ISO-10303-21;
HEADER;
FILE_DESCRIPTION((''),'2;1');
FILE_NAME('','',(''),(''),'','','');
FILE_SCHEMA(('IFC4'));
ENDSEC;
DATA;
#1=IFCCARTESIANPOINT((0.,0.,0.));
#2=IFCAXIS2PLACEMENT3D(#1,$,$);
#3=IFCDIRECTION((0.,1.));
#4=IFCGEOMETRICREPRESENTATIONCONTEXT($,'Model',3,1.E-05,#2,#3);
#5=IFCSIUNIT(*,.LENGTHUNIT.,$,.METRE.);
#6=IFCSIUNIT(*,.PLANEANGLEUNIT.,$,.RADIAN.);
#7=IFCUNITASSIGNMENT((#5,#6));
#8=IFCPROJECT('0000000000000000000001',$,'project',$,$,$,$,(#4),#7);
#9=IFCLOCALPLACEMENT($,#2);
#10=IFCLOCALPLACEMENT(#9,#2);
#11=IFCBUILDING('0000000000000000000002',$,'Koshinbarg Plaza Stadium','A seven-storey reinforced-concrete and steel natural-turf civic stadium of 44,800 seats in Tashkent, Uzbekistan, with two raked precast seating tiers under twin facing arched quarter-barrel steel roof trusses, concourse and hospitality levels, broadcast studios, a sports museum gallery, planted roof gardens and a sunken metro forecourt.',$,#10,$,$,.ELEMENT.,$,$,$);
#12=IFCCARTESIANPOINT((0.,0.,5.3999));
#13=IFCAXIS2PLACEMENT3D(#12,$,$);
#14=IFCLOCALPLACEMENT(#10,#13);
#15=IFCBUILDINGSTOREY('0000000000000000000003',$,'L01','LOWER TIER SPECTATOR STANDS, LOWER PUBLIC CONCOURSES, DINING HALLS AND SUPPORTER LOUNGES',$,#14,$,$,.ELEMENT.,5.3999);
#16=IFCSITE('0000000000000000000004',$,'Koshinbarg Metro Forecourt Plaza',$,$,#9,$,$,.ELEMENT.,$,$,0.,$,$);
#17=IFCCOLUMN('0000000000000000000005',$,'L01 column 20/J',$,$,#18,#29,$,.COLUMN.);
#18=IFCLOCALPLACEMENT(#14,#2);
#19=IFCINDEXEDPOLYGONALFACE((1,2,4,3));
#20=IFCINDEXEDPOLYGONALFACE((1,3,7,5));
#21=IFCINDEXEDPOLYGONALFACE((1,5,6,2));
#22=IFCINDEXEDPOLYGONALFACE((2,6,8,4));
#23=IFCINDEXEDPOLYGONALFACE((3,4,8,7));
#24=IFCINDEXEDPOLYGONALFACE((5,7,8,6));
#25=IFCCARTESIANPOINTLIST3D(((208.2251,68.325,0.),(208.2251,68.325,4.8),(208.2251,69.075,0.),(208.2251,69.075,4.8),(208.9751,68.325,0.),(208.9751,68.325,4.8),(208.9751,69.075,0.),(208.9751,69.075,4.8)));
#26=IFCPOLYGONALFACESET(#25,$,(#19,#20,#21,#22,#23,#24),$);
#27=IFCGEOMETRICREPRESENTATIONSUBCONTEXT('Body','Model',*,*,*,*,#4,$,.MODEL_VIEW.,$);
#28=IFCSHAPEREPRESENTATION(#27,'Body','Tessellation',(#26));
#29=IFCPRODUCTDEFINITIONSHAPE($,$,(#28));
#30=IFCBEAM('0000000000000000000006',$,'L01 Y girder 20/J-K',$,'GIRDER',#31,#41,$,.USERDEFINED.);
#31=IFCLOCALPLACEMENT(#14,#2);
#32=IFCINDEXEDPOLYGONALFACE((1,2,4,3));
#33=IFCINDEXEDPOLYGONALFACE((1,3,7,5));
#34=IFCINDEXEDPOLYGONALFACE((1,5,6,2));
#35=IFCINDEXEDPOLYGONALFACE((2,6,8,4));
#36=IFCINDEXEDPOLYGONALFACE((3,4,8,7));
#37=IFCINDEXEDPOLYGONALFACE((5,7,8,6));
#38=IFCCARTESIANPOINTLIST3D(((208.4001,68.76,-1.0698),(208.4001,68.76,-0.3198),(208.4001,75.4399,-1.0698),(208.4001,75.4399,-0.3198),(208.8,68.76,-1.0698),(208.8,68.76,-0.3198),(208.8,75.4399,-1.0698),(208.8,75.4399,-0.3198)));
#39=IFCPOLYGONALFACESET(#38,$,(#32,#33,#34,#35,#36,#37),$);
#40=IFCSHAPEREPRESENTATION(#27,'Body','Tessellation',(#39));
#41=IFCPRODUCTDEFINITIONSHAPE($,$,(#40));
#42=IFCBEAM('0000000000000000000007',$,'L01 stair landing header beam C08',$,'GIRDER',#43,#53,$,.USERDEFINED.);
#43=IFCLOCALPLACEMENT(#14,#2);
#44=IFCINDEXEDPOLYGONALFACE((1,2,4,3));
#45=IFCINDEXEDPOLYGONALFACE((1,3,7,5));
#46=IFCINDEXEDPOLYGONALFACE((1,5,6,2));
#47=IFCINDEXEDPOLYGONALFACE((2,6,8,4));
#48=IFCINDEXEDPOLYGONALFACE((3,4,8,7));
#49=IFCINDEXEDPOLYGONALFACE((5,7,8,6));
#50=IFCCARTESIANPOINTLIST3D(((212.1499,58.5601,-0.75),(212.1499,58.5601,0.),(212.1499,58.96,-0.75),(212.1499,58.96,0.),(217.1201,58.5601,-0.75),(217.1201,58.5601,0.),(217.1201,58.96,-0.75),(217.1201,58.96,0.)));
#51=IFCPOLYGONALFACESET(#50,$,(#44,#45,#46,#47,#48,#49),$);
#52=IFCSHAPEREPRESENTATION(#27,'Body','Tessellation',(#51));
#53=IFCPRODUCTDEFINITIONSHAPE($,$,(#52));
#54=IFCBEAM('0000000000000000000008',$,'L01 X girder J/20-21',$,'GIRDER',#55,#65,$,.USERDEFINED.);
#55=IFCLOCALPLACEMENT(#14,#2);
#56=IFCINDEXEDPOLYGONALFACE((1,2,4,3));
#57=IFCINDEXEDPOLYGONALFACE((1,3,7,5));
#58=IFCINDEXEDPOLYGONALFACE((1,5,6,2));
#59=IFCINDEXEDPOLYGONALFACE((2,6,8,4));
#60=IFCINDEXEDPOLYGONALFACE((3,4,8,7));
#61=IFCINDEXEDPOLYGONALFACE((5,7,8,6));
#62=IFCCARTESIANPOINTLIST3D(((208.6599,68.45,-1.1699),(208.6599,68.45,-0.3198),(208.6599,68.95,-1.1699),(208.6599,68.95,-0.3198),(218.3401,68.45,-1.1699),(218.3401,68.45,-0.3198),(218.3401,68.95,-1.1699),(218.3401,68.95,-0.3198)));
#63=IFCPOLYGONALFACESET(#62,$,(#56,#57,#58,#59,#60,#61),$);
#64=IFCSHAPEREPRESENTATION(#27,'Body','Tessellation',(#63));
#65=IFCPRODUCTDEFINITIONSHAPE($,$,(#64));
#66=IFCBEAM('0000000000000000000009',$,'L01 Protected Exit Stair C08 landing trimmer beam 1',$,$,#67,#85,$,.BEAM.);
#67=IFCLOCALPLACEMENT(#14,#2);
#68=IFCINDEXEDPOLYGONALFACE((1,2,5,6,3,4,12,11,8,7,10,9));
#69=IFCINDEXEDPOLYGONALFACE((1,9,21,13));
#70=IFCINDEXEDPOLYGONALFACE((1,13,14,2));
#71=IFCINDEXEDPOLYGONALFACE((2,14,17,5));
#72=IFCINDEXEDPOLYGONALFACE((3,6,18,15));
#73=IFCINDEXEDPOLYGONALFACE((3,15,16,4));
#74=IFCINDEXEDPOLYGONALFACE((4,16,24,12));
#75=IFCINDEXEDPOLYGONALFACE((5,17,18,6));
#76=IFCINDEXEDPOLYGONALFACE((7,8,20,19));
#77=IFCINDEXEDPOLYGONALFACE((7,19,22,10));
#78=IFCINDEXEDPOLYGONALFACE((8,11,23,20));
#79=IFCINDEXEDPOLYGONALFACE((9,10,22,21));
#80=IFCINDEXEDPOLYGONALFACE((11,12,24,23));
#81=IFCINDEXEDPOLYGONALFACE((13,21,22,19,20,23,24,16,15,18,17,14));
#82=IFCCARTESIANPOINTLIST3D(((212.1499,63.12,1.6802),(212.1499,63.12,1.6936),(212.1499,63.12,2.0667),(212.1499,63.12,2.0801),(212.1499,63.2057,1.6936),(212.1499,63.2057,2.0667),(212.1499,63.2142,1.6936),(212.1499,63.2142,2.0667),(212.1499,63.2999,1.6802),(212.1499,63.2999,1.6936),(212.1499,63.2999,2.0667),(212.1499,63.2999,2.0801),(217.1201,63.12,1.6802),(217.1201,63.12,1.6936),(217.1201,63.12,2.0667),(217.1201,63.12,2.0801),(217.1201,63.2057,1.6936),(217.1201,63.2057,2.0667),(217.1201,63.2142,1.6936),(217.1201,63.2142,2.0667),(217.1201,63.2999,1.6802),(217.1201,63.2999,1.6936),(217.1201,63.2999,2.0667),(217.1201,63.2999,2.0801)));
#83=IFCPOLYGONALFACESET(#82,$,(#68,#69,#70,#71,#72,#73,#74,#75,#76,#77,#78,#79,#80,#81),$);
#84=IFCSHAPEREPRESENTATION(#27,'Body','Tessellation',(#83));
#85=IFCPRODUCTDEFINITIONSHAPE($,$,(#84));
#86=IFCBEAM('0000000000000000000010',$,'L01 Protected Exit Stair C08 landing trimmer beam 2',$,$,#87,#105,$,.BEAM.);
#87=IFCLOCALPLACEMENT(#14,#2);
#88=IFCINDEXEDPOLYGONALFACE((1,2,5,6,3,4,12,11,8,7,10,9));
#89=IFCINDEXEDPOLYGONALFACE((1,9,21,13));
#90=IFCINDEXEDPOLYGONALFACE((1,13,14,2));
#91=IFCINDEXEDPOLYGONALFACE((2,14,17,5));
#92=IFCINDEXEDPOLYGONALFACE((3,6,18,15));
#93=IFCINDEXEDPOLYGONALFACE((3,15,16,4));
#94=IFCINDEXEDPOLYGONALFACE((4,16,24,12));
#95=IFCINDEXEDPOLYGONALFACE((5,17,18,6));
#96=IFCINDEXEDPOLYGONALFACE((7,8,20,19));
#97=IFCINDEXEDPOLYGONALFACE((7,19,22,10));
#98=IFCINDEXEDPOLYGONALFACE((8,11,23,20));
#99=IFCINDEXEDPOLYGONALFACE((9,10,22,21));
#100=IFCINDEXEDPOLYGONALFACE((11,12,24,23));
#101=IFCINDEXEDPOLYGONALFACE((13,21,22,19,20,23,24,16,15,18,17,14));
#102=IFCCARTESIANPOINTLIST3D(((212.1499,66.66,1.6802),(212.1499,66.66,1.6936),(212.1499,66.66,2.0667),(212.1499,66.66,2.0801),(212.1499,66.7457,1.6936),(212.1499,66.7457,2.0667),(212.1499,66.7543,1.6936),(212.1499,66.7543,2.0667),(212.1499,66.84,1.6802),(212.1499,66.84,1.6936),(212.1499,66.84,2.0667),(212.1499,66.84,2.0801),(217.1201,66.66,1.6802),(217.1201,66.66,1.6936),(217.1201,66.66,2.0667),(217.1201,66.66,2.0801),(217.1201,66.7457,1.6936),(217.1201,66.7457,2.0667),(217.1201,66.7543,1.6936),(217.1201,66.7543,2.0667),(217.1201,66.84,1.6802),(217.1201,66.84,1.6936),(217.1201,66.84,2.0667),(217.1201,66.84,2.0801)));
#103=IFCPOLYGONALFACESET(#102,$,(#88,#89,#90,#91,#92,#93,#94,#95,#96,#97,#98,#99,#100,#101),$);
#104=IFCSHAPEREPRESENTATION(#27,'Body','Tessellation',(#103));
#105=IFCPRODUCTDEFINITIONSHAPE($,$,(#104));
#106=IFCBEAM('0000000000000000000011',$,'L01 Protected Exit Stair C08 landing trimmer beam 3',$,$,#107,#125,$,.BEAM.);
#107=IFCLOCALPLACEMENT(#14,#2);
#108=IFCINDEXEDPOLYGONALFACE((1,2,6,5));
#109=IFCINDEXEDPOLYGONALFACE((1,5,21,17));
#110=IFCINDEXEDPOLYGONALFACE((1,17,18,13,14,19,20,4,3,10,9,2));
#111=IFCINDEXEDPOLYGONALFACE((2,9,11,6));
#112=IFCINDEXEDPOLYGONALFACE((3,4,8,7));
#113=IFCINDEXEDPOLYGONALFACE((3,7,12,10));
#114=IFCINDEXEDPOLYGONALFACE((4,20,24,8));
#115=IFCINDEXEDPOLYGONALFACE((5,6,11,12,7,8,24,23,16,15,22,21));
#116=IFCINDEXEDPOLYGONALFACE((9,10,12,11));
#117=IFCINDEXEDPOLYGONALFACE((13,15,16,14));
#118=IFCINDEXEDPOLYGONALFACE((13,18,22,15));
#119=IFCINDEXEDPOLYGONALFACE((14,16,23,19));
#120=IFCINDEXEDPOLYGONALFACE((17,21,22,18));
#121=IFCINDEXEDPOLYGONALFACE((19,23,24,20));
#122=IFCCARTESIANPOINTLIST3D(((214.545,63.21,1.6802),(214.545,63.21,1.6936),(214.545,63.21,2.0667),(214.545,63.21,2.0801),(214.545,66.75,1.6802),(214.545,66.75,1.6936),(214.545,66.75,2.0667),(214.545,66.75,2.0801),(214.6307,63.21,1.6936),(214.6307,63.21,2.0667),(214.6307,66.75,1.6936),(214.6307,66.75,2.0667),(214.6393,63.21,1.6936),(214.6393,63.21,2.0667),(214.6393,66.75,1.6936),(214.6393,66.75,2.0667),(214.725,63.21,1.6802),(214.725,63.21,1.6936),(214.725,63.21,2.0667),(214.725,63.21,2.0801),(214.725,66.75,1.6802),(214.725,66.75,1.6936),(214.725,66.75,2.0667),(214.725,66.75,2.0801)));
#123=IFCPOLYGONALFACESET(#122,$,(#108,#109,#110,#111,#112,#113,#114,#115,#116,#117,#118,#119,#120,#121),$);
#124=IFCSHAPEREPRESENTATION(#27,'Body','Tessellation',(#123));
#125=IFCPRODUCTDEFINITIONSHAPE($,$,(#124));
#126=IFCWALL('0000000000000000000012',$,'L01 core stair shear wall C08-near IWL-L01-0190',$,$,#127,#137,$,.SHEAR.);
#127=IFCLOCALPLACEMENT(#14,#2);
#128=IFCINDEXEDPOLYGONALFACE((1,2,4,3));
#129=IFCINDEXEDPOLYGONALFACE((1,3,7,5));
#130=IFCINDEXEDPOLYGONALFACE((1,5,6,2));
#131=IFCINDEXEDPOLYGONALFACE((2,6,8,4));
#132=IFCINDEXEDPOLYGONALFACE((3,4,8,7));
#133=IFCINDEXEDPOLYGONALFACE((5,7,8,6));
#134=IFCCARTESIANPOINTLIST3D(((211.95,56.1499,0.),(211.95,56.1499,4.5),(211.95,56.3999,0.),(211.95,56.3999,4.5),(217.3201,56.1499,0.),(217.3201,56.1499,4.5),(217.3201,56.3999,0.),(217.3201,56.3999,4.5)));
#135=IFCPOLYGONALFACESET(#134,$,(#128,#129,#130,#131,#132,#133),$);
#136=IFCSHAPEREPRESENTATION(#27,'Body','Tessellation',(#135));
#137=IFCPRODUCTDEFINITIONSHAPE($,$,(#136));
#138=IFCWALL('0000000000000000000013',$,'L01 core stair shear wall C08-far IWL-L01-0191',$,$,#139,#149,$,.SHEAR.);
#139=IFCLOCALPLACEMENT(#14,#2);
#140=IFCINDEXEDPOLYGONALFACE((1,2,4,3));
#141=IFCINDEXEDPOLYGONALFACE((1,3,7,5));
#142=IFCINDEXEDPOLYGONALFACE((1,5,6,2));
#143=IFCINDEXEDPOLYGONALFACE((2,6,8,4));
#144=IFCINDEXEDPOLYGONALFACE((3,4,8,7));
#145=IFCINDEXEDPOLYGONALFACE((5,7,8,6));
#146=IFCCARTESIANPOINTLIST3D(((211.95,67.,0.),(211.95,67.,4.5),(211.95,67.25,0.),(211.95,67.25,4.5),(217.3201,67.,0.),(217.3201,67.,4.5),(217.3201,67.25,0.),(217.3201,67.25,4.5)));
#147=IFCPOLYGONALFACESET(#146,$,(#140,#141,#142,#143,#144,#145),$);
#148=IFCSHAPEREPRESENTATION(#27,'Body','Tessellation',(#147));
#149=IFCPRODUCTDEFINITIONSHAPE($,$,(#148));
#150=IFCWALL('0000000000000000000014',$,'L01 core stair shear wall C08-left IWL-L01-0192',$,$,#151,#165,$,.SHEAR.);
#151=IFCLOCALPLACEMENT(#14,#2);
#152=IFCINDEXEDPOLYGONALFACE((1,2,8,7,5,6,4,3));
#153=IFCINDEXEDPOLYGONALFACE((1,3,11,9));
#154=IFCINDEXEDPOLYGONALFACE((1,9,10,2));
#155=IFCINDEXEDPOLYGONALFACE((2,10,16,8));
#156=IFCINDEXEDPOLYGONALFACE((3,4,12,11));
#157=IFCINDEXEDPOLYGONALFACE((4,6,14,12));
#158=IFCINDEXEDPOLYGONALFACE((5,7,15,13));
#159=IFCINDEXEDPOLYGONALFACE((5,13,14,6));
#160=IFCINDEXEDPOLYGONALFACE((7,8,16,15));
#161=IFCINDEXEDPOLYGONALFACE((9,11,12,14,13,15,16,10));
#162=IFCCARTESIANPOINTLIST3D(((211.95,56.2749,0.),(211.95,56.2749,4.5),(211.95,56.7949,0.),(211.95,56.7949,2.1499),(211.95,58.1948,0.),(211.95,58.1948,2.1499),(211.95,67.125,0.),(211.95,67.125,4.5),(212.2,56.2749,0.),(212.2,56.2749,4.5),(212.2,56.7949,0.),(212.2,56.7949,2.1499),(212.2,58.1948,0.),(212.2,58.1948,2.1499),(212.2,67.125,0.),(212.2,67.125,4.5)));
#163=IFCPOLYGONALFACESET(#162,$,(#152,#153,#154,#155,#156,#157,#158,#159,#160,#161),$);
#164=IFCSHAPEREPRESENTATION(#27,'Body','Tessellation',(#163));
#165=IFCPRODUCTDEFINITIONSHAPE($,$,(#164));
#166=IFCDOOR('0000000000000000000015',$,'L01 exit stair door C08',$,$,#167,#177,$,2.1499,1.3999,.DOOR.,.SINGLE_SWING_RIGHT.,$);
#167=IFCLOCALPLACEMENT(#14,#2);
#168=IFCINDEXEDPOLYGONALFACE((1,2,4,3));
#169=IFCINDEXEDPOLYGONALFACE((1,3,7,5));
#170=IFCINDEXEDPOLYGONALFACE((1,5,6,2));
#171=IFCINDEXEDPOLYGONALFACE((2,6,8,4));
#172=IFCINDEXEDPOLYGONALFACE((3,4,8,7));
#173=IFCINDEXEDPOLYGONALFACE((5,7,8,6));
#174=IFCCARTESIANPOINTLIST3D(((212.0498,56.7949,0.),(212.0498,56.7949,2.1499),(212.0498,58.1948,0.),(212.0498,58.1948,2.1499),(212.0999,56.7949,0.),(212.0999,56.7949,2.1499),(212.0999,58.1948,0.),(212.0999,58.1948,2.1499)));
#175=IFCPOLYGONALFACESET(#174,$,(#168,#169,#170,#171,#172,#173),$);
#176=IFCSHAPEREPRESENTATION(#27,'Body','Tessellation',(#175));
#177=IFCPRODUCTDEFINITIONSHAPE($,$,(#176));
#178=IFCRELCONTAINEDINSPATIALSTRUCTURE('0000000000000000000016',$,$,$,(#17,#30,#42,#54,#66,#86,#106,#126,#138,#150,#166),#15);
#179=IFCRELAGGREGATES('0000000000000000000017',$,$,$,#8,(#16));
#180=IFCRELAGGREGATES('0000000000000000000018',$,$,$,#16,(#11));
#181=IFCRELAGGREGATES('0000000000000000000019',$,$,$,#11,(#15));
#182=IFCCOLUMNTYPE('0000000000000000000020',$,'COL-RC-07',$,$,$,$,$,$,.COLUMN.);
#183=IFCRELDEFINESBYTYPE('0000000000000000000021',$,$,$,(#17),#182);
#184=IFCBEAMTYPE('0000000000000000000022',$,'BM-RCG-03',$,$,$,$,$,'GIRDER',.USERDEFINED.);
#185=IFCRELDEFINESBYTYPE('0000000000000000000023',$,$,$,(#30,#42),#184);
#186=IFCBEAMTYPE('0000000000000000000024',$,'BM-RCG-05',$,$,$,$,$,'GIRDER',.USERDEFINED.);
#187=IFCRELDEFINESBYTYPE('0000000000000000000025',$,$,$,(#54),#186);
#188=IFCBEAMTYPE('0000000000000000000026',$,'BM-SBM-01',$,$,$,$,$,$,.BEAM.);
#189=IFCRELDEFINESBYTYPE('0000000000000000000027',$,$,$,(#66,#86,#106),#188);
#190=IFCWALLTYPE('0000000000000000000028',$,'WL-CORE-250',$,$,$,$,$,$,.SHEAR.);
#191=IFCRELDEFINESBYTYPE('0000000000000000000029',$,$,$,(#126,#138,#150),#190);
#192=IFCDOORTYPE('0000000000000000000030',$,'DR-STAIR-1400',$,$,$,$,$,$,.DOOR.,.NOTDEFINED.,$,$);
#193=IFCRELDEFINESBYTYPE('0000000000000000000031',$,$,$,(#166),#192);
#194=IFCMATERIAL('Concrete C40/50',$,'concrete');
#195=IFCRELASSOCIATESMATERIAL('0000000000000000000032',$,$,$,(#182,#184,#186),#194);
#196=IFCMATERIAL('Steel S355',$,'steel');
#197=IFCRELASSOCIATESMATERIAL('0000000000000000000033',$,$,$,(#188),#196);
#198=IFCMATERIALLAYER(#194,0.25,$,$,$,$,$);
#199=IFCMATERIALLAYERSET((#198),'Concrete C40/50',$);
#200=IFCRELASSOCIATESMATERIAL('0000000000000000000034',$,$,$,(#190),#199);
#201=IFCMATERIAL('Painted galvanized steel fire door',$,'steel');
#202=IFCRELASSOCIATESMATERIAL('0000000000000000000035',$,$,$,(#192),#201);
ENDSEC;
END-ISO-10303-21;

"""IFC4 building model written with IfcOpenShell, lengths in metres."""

from ifc_helpers import new_model, si_unit, direction, frame, frame_2d, origin, origin_2d, place, context, subcontext, project, spatial, rectangle, i_section, extrude, material, layer, layer_set, material_profile, profile_set, type_object, element, fill, save


model = new_model("IFC4")

# Units and contexts
model_context = context("Model", 3, precision=1e-05, world=origin(), true_north=direction((0.0, 1.0)))
body_context = subcontext(model_context, "Body", "Model", "MODEL_VIEW")
ifc_project = project(units=[si_unit("LENGTHUNIT", "METRE"), si_unit("PLANEANGLEUNIT", "RADIAN")], contexts=[model_context])

# Site, building, storey
site_placement = place(None, origin())
site = spatial("IfcSite", under=ifc_project, at=site_placement, Name="Koshinbarg Metro Forecourt Plaza", CompositionType="ELEMENT", RefElevation=0.0)
building_placement = place(site_placement, origin())
building = spatial("IfcBuilding", under=site, at=building_placement, Name="Koshinbarg Plaza Stadium", Description="A seven-storey reinforced-concrete and steel natural-turf civic stadium of 44,800 seats in Tashkent, Uzbekistan, with two raked precast seating tiers under twin facing arched quarter-barrel steel roof trusses, concourse and hospitality levels, broadcast studios, a sports museum gallery, planted roof gardens and a sunken metro forecourt.", CompositionType="ELEMENT")
storey_placement = place(building_placement, frame((0.0, 0.0, 5.3999)))
storey = spatial("IfcBuildingStorey", under=building, at=storey_placement, Name="L01", Description="LOWER TIER SPECTATOR STANDS, LOWER PUBLIC CONCOURSES, DINING HALLS AND SUPPORTER LOUNGES", CompositionType="ELEMENT", Elevation=5.3999)

# Column
ifc_material_1 = material(Name="Concrete C40/50", Category="concrete")
ifc_material_profile_1 = material_profile(ifc_material_1, rectangle(XDim=0.75, YDim=0.75, at=origin_2d()), Name="RC 750x750")
ifc_profile_set_1 = profile_set([ifc_material_profile_1], Name="Concrete C40/50")
column_type = type_object("IfcColumnType", Name="COL-RC-07", PredefinedType="COLUMN", material=ifc_profile_set_1)
column_placement = place(storey_placement, frame((208.6001, 68.7, 0.0), z_axis=(0.0, 0.0, 1.0), x_axis=(1.0, 0.0, 0.0)))
element("IfcColumn", 1, at=column_placement, inside=storey, type_object=column_type, Name="L01 column 20/J", PredefinedType="COLUMN", context=body_context, shape_type="SweptSolid", body=[
    extrude(rectangle(XDim=0.75, YDim=0.75, at=origin_2d()), origin(), (0.0, 0.0, 1.0), 4.8),
])

# Beams
ifc_material_profile_2 = material_profile(ifc_material_1, rectangle(XDim=0.3999, YDim=0.75, at=origin_2d()), Name="RC 400x750")
ifc_profile_set_2 = profile_set([ifc_material_profile_2], Name="Concrete C40/50")
beam_type_1 = type_object("IfcBeamType", Name="BM-RCG-03", ElementType="GIRDER", PredefinedType="USERDEFINED", material=ifc_profile_set_2)
beam_1_placement = place(storey_placement, frame((208.6001, 68.76, -0.6948), z_axis=(0.0, 1.0, 0.0), x_axis=(-1.0, 0.0, 0.0)))
element("IfcBeam", 2, at=beam_1_placement, inside=storey, type_object=beam_type_1, Name="L01 Y girder 20/J-K", ObjectType="GIRDER", PredefinedType="USERDEFINED", context=body_context, shape_type="SweptSolid", body=[
    extrude(rectangle(XDim=0.3999, YDim=0.75, at=origin_2d()), origin(), (0.0, 0.0, 1.0), 6.6799),
])
beam_2_placement = place(storey_placement, frame((212.1499, 58.76, -0.375), z_axis=(1.0, 0.0, 0.0), x_axis=(0.0, 1.0, 0.0)))
element("IfcBeam", 3, at=beam_2_placement, inside=storey, type_object=beam_type_1, Name="L01 stair landing header beam C08", ObjectType="GIRDER", PredefinedType="USERDEFINED", context=body_context, shape_type="SweptSolid", body=[
    extrude(rectangle(XDim=0.3999, YDim=0.75, at=origin_2d()), origin(), (0.0, 0.0, 1.0), 4.9702),
])
ifc_material_profile_3 = material_profile(ifc_material_1, rectangle(XDim=0.5, YDim=0.8501, at=origin_2d()), Name="RC 500x850")
ifc_profile_set_3 = profile_set([ifc_material_profile_3], Name="Concrete C40/50")
beam_type_2 = type_object("IfcBeamType", Name="BM-RCG-05", ElementType="GIRDER", PredefinedType="USERDEFINED", material=ifc_profile_set_3)
beam_3_placement = place(storey_placement, frame((208.6599, 68.7, -0.7449), z_axis=(1.0, 0.0, 0.0), x_axis=(0.0, 1.0, 0.0)))
element("IfcBeam", 4, at=beam_3_placement, inside=storey, type_object=beam_type_2, Name="L01 X girder J/20-21", ObjectType="GIRDER", PredefinedType="USERDEFINED", context=body_context, shape_type="SweptSolid", body=[
    extrude(rectangle(XDim=0.5, YDim=0.8501, at=origin_2d()), origin(), (0.0, 0.0, 1.0), 9.6802),
])
ifc_material_2 = material(Name="Steel S355", Category="steel")
ifc_material_profile_4 = material_profile(ifc_material_2, i_section(OverallWidth=0.1799, OverallDepth=0.3999, WebThickness=0.0085, FlangeThickness=0.0134, at=origin_2d()), Name="IPE 400")
ifc_profile_set_4 = profile_set([ifc_material_profile_4], Name="Steel S355")
beam_type_3 = type_object("IfcBeamType", Name="BM-SBM-01", PredefinedType="BEAM", material=ifc_profile_set_4)
for number, where, z_axis, x_axis, name in (
    (5, (212.1499, 63.21, 1.8801), (1.0, 0.0, 0.0), (0.0, 1.0, 0.0), "L01 Protected Exit Stair C08 landing trimmer beam 1"),
    (6, (212.1499, 66.75, 1.8801), (1.0, 0.0, 0.0), (0.0, 1.0, 0.0), "L01 Protected Exit Stair C08 landing trimmer beam 2"),
):
    element("IfcBeam", number, at=place(storey_placement, frame(where, z_axis=z_axis, x_axis=x_axis)), inside=storey, type_object=beam_type_3, Name=name, PredefinedType="BEAM", context=body_context, shape_type="SweptSolid", body=[
        extrude(i_section(OverallWidth=0.1799, OverallDepth=0.3999, WebThickness=0.0085, FlangeThickness=0.0134, at=origin_2d()), origin(), (0.0, 0.0, 1.0), 4.9702),
    ])
beam_4_placement = place(storey_placement, frame((214.635, 63.21, 1.8801), z_axis=(0.0, 1.0, 0.0), x_axis=(-1.0, 0.0, 0.0)))
element("IfcBeam", 7, at=beam_4_placement, inside=storey, type_object=beam_type_3, Name="L01 Protected Exit Stair C08 landing trimmer beam 3", PredefinedType="BEAM", context=body_context, shape_type="SweptSolid", body=[
    extrude(i_section(OverallWidth=0.1799, OverallDepth=0.3999, WebThickness=0.0085, FlangeThickness=0.0134, at=origin_2d()), origin(), (0.0, 0.0, 1.0), 3.54),
])

# Walls
ifc_layer_1 = layer(ifc_material_1, 0.25)
ifc_layer_set_1 = layer_set([ifc_layer_1], Name="Concrete C40/50")
wall_type_1 = type_object("IfcWallType", Name="WL-CORE-250", PredefinedType="SHEAR", material=ifc_layer_set_1)
for number, where, z_axis, x_axis, name in (
    (8, (211.95, 56.2749, 0.0), (0.0, 0.0, 1.0), (1.0, 0.0, 0.0), "L01 core stair shear wall C08-near IWL-L01-0190"),
    (9, (217.3201, 67.125, 0.0), (0.0, 0.0, 1.0), (-1.0, 0.0, 0.0), "L01 core stair shear wall C08-far IWL-L01-0191"),
):
    element("IfcWall", number, at=place(storey_placement, frame(where, z_axis=z_axis, x_axis=x_axis)), inside=storey, type_object=wall_type_1, Name=name, PredefinedType="SHEAR", context=body_context, shape_type="SweptSolid", body=[
        extrude(rectangle(XDim=5.3701, YDim=0.25, at=frame_2d((2.6851, 0.0))), origin(), (0.0, 0.0, 1.0), 4.5),
    ])

# Wall, opening, door
wall_1_placement = place(storey_placement, frame((212.075, 56.2749, 0.0), z_axis=(0.0, 0.0, 1.0), x_axis=(0.0, 1.0, 0.0)))
wall_1 = element("IfcWall", 10, at=wall_1_placement, inside=storey, type_object=wall_type_1, Name="L01 core stair shear wall C08-left IWL-L01-0192", PredefinedType="SHEAR", context=body_context, shape_type="SweptSolid", body=[
    extrude(rectangle(XDim=10.8501, YDim=0.25, at=frame_2d((5.425, 0.0))), origin(), (0.0, 0.0, 1.0), 4.5),
])
opening_1_placement = place(wall_1_placement, frame((0.52, 0.0, 0.0)))
opening_1 = element("IfcOpeningElement", 11, at=opening_1_placement, cuts=wall_1, PredefinedType="OPENING", context=body_context, shape_type="SweptSolid", body=[
    extrude(rectangle(XDim=1.3999, YDim=2.1499, at=frame_2d((0.7, 1.075))), frame((0.0, 0.135, 0.0), z_axis=(0.0, -1.0, 0.0), x_axis=(1.0, 0.0, 0.0)), (0.0, 0.0, 1.0), 0.27),
])
ifc_material_3 = material(Name="Painted galvanized steel fire door", Category="steel")
door_type_1 = type_object("IfcDoorType", Name="DR-STAIR-1400", OperationType="NOTDEFINED", PredefinedType="DOOR", material=ifc_material_3)
door_1_placement = place(opening_1_placement, frame((1.3999, 0.0, 0.0), z_axis=(0.0, 0.0, 1.0), x_axis=(-1.0, 0.0, 0.0)))
door_1 = element("IfcDoor", 12, at=door_1_placement, inside=storey, type_object=door_type_1, Name="L01 exit stair door C08", OperationType="SINGLE_SWING_RIGHT", OverallHeight=2.1499, OverallWidth=1.3999, PredefinedType="DOOR", context=body_context, shape_type="SweptSolid", body=[
    extrude(rectangle(XDim=1.3999, YDim=2.1499, at=frame_2d((0.7, 1.075))), frame((0.0, 0.0249, 0.0), z_axis=(0.0, -1.0, 0.0), x_axis=(1.0, 0.0, 0.0)), (0.0, 0.0, 1.0), 0.05),
])
fill(opening_1, door_1)

save(model, "model.ifc")
